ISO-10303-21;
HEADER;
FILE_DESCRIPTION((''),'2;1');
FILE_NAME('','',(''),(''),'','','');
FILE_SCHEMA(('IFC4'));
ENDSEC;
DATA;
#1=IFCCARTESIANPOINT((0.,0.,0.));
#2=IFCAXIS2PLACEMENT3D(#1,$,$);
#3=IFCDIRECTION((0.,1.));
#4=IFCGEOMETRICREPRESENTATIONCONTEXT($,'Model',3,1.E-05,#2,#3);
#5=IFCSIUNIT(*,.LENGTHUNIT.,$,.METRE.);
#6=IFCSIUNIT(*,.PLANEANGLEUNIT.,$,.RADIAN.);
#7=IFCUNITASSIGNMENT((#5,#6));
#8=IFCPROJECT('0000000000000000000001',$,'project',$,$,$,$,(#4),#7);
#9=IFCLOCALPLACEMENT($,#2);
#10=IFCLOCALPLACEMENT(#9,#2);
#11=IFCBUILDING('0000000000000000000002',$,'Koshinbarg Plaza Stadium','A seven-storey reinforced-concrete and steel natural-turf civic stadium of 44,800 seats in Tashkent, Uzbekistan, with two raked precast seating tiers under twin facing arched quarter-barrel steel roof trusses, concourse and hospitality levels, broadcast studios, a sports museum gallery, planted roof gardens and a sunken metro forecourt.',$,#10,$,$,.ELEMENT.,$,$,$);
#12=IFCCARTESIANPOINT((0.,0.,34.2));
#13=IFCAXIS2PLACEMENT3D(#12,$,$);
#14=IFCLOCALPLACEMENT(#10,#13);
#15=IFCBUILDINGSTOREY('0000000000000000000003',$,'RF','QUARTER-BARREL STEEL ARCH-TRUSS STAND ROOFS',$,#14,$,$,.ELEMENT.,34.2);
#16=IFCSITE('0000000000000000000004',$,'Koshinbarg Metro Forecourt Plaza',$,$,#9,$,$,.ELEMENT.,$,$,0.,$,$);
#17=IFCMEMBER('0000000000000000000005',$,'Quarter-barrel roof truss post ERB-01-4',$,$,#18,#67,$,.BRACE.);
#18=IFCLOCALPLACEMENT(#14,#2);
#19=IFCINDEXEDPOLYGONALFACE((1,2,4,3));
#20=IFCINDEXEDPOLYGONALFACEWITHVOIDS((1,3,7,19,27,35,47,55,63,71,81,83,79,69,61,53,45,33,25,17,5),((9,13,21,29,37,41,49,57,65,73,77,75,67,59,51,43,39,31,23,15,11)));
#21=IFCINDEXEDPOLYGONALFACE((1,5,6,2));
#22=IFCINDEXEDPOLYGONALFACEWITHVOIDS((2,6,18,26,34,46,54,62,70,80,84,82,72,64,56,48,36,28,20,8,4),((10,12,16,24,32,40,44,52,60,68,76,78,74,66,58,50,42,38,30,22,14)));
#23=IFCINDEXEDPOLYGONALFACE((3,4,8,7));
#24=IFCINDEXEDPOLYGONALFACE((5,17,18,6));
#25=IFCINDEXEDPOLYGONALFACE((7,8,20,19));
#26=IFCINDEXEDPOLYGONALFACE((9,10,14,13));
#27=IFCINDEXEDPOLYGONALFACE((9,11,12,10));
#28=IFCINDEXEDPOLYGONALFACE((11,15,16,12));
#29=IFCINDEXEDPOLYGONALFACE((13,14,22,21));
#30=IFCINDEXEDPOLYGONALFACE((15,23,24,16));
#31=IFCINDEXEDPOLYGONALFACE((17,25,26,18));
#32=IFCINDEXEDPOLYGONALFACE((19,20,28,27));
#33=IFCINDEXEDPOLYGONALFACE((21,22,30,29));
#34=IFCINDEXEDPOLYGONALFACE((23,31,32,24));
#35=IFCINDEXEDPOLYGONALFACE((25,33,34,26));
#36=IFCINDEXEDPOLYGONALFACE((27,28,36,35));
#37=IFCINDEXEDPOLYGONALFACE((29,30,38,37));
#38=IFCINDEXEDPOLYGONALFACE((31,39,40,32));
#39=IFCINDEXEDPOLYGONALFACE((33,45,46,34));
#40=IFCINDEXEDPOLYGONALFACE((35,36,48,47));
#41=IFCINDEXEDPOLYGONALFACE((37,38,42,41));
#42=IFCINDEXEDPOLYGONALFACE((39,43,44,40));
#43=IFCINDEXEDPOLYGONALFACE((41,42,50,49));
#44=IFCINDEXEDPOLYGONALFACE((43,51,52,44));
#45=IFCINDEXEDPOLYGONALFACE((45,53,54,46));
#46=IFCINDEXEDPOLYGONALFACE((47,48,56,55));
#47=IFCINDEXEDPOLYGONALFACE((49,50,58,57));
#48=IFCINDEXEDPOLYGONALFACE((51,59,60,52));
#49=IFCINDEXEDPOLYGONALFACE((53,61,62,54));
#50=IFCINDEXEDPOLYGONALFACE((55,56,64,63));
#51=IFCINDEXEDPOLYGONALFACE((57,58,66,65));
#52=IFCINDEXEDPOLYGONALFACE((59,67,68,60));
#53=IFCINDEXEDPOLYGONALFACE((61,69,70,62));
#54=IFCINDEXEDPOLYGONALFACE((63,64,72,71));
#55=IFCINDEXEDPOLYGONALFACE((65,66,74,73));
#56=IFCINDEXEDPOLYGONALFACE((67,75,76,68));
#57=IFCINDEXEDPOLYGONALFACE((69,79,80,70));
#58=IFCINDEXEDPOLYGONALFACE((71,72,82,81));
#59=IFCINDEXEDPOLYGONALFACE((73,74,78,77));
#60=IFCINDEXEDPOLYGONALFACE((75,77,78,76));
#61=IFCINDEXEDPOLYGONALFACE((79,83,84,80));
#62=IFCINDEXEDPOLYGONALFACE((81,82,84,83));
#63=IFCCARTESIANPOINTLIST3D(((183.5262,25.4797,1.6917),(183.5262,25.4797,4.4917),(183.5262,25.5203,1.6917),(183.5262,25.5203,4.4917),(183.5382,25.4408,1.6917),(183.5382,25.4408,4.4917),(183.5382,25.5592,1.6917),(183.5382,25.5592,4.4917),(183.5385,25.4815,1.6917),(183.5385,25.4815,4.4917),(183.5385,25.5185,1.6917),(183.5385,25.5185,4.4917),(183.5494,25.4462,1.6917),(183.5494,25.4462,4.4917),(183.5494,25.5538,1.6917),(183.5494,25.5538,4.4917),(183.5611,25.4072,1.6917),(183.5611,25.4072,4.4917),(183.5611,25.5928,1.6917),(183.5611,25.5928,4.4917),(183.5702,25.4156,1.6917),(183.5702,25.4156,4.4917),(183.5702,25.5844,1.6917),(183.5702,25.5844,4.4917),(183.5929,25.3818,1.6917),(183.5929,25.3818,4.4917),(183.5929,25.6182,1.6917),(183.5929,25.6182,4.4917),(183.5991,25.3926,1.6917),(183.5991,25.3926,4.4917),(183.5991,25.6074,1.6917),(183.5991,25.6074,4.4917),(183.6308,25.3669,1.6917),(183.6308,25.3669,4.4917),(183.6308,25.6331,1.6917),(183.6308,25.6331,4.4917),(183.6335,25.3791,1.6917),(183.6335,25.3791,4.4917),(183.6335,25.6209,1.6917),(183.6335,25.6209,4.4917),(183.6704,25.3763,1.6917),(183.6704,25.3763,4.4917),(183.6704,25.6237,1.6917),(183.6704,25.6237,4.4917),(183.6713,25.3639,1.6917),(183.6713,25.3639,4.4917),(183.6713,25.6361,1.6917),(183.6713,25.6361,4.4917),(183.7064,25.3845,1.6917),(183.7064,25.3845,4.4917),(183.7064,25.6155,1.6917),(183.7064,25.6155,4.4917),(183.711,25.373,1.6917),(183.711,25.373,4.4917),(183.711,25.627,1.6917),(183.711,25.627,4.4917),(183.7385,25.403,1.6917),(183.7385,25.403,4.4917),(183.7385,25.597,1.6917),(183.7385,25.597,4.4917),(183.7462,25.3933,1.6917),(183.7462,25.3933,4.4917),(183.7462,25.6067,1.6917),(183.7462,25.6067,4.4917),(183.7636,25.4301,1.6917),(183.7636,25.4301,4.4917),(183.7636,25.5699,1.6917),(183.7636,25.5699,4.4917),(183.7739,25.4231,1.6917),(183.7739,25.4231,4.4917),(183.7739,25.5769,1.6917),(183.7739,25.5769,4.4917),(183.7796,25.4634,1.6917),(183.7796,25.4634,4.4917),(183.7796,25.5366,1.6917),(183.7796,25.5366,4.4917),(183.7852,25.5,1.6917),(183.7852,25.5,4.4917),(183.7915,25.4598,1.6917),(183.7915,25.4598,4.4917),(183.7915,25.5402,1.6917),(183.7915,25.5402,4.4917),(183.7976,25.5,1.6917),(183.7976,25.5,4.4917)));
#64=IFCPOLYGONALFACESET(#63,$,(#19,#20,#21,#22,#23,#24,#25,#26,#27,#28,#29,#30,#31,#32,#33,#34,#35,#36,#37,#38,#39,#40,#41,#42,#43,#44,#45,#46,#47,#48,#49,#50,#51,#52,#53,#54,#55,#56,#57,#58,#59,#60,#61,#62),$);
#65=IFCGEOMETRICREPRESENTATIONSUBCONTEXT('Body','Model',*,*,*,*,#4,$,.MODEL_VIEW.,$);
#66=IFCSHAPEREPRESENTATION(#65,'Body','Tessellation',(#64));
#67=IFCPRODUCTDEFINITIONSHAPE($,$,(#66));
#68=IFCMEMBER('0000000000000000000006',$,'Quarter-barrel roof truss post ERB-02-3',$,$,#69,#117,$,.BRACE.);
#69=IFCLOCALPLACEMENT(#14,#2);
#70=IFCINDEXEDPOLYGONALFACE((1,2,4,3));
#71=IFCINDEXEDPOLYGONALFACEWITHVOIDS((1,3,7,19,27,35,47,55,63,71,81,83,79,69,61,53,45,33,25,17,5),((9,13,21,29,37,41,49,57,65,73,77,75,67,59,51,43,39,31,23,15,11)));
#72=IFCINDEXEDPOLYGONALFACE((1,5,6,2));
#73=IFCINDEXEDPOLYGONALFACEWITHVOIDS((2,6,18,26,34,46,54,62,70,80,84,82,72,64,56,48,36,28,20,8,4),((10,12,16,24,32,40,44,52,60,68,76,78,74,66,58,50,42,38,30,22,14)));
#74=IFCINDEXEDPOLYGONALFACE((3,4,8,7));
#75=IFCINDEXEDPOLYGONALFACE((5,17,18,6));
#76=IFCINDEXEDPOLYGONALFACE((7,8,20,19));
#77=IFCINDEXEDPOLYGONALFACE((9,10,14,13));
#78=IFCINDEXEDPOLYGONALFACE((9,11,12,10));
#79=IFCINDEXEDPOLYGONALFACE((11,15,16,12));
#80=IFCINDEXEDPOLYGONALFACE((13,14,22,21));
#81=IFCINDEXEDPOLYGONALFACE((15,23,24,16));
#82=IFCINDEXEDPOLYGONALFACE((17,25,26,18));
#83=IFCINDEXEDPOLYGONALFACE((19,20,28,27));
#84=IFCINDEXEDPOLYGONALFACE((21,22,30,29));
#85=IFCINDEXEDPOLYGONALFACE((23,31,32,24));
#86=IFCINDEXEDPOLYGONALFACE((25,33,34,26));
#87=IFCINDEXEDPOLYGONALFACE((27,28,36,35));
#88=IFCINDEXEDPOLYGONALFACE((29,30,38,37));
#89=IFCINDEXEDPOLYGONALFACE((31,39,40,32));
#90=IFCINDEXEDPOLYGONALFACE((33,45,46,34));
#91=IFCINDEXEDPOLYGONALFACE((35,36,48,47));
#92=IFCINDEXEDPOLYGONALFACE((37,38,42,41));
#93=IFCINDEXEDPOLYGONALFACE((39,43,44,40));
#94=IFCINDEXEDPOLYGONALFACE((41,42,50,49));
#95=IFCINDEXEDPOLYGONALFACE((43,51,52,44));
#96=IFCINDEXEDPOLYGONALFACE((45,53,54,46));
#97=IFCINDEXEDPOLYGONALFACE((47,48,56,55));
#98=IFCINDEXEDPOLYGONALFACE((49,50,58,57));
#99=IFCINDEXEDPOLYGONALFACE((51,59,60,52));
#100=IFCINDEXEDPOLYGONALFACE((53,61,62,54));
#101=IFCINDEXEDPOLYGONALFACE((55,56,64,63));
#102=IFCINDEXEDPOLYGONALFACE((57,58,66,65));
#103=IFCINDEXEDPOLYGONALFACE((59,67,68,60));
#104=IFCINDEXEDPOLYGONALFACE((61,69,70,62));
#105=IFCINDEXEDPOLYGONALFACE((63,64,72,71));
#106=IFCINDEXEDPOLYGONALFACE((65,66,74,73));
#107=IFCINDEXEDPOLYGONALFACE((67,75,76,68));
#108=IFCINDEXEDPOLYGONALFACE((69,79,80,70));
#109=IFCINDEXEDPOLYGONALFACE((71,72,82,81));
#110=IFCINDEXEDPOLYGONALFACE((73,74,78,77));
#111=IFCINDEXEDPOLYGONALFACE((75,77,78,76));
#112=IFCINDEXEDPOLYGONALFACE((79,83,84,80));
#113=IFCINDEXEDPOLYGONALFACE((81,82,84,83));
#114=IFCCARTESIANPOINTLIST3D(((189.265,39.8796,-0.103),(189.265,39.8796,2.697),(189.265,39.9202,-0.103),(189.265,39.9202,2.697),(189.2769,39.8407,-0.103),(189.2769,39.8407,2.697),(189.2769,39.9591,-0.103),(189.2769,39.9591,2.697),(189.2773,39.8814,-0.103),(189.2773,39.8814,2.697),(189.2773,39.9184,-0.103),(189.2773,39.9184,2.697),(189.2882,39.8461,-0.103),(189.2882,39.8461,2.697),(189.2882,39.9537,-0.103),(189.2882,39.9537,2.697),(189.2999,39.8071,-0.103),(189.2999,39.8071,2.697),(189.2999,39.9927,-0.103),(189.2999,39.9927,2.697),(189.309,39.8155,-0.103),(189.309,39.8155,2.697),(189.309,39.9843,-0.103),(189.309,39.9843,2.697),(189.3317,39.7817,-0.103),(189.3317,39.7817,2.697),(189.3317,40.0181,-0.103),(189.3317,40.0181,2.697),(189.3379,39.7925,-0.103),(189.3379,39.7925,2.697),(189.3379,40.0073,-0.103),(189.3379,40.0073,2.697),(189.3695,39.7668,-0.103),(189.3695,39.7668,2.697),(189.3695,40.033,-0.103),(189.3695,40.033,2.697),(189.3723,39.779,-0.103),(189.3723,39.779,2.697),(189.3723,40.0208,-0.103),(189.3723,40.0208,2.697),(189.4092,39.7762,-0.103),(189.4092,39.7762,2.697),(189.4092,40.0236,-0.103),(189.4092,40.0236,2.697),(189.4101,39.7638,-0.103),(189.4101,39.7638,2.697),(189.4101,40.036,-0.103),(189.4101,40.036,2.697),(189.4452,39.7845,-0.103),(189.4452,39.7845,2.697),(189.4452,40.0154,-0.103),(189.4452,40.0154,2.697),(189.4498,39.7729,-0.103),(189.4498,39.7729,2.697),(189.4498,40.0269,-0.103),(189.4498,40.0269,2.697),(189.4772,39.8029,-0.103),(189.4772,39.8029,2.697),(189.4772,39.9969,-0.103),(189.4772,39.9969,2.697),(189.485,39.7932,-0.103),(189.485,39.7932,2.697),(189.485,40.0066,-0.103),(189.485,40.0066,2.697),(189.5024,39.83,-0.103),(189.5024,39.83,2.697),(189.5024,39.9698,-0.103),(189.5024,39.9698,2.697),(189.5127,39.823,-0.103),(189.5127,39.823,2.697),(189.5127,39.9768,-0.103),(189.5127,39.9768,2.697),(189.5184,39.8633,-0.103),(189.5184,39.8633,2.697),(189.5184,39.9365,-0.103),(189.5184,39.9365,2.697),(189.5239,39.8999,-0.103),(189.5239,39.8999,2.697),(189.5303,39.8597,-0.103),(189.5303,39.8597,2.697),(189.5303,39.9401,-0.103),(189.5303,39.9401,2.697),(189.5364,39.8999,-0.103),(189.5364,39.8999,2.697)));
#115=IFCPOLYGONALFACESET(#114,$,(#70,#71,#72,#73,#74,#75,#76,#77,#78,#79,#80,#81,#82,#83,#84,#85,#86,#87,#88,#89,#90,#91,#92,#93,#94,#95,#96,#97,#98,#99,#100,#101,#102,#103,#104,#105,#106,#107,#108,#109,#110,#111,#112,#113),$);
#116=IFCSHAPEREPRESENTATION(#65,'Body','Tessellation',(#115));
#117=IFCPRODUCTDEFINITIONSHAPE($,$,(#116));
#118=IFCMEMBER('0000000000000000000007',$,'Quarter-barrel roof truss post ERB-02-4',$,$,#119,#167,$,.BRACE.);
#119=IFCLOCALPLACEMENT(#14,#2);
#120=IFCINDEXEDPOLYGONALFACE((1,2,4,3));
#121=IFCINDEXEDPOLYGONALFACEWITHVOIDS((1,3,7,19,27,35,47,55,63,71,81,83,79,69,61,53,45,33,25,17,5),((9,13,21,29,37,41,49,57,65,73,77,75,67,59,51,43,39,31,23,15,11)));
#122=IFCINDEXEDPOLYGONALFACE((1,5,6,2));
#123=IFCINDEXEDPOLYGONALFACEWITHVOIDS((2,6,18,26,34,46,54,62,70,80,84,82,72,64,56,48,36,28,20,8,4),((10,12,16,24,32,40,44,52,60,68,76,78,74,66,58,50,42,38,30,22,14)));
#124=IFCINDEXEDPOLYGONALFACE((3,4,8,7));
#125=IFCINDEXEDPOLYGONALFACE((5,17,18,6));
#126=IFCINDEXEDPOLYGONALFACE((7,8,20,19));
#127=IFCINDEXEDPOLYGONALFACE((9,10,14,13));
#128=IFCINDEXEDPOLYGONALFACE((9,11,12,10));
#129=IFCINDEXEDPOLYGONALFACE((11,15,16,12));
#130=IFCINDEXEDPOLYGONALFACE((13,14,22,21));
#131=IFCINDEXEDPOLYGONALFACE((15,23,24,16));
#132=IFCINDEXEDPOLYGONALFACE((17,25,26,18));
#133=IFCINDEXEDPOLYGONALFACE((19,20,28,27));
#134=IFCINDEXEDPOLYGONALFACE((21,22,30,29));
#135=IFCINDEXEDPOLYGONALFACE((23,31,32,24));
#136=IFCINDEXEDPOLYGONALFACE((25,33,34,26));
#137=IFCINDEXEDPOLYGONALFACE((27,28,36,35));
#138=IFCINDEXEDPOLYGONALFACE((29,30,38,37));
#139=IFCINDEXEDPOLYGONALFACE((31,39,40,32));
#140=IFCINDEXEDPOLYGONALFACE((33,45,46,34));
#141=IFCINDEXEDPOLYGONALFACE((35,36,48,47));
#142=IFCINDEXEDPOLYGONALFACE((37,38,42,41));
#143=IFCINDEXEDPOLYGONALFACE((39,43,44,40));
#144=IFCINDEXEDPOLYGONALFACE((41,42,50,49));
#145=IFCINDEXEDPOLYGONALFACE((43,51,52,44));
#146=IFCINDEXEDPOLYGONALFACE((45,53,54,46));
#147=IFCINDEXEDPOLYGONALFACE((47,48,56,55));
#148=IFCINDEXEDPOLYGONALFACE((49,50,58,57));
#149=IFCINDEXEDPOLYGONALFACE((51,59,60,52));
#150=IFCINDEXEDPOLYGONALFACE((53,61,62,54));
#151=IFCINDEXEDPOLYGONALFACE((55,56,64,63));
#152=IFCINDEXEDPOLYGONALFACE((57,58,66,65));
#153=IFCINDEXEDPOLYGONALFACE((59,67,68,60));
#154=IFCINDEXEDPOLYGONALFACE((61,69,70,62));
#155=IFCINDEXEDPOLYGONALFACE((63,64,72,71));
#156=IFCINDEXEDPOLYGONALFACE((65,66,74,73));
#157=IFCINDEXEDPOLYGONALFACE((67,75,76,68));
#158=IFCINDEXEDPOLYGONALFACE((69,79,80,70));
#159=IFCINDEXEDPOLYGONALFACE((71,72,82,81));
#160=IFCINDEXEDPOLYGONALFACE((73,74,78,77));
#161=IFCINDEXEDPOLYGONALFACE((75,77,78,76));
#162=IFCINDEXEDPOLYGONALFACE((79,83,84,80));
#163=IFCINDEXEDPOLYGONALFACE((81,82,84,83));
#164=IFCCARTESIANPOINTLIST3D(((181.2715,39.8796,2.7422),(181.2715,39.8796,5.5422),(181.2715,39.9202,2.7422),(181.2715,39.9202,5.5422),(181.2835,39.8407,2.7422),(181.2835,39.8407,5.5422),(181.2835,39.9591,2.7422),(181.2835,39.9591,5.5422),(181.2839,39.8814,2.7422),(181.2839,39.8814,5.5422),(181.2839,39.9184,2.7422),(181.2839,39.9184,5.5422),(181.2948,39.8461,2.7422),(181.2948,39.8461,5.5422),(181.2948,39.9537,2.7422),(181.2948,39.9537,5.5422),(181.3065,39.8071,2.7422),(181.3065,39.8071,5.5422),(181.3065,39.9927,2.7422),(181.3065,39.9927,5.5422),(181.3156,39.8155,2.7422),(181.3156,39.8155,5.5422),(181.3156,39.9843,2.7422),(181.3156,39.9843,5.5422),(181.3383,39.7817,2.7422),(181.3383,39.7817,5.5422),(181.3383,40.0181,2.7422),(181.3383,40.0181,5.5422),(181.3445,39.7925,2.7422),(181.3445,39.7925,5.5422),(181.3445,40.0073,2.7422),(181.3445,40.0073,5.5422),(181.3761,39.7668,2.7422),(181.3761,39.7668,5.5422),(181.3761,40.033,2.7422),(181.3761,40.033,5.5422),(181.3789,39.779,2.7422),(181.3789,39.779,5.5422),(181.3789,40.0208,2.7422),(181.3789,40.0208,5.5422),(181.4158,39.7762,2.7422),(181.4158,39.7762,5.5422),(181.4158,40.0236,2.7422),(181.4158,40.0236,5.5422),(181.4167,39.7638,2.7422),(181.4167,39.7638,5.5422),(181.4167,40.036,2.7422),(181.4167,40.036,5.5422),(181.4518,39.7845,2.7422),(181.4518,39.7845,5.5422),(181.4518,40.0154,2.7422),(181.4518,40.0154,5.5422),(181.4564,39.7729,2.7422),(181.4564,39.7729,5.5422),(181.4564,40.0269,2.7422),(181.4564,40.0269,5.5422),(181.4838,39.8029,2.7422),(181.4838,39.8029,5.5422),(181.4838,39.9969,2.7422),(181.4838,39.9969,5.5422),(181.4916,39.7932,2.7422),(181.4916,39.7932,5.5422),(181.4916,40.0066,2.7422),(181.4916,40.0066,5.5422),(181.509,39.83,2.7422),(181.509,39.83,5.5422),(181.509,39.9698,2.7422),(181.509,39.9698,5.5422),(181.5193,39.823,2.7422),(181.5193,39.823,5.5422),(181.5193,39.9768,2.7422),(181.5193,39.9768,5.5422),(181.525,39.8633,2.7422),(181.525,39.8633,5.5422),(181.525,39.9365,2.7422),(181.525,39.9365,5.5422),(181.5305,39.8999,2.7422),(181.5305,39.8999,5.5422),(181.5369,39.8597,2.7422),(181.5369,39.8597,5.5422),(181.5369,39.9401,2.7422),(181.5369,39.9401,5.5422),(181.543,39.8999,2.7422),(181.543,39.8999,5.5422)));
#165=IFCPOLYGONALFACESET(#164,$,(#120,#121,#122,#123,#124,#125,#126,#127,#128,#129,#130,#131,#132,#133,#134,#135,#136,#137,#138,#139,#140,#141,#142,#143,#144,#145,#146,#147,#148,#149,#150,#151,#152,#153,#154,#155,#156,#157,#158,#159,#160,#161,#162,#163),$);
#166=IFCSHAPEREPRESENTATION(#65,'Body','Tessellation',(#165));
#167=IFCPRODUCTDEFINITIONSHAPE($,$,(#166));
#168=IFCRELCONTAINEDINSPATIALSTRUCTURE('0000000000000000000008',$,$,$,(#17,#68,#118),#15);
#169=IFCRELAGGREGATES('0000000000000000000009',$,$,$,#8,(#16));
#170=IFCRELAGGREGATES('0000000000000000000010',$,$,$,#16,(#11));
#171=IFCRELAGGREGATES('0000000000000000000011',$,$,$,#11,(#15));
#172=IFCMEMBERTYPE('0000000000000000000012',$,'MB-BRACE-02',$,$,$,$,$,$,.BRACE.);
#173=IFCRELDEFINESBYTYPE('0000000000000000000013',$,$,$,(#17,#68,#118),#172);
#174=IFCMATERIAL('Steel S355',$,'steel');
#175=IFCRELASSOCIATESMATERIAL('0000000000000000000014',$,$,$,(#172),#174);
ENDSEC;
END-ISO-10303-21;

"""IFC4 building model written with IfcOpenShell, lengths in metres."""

from ifc_helpers import new_model, si_unit, direction, frame, origin, origin_2d, place, context, subcontext, project, spatial, hollow_circle, extrude, material, material_profile, profile_set, type_object, element, save


model = new_model("IFC4")

# Units and contexts
model_context = context("Model", 3, precision=1e-05, world=origin(), true_north=direction((0.0, 1.0)))
body_context = subcontext(model_context, "Body", "Model", "MODEL_VIEW")
ifc_project = project(units=[si_unit("LENGTHUNIT", "METRE"), si_unit("PLANEANGLEUNIT", "RADIAN")], contexts=[model_context])

# Site, building, storey
site_placement = place(None, origin())
site = spatial("IfcSite", under=ifc_project, at=site_placement, Name="Koshinbarg Metro Forecourt Plaza", CompositionType="ELEMENT", RefElevation=0.0)
building_placement = place(site_placement, origin())
building = spatial("IfcBuilding", under=site, at=building_placement, Name="Koshinbarg Plaza Stadium", Description="A seven-storey reinforced-concrete and steel natural-turf civic stadium of 44,800 seats in Tashkent, Uzbekistan, with two raked precast seating tiers under twin facing arched quarter-barrel steel roof trusses, concourse and hospitality levels, broadcast studios, a sports museum gallery, planted roof gardens and a sunken metro forecourt.", CompositionType="ELEMENT")
storey_placement = place(building_placement, frame((0.0, 0.0, 34.2)))
storey = spatial("IfcBuildingStorey", under=building, at=storey_placement, Name="RF", Description="QUARTER-BARREL STEEL ARCH-TRUSS STAND ROOFS", CompositionType="ELEMENT", Elevation=34.2)

# Members
ifc_material_1 = material(Name="Steel S355", Category="steel")
ifc_material_profile_1 = material_profile(ifc_material_1, hollow_circle(Radius=0.1365, WallThickness=0.0125, at=origin_2d()), Name="CHS 273x12.5")
ifc_profile_set_1 = profile_set([ifc_material_profile_1], Name="Steel S355")
member_type_1 = type_object("IfcMemberType", Name="MB-BRACE-02", PredefinedType="BRACE", material=ifc_profile_set_1)
for number, where, z_axis, x_axis, name in (
    (1, (183.6611, 25.5, 1.6917), (0.0, 0.0, 1.0), (1.0, 0.0, 0.0), "Quarter-barrel roof truss post ERB-01-4"),
    (2, (189.3999, 39.8999, -0.103), (0.0, 0.0, 1.0), (1.0, 0.0, 0.0), "Quarter-barrel roof truss post ERB-02-3"),
    (3, (181.4065, 39.8999, 2.7422), (0.0, 0.0, 1.0), (1.0, 0.0, 0.0), "Quarter-barrel roof truss post ERB-02-4"),
):
    element("IfcMember", number, at=place(storey_placement, frame(where, z_axis=z_axis, x_axis=x_axis)), inside=storey, type_object=member_type_1, Name=name, PredefinedType="BRACE", context=body_context, shape_type="SweptSolid", body=[
        extrude(hollow_circle(Radius=0.1365, WallThickness=0.0125, at=origin_2d()), origin(), (0.0, 0.0, 1.0), 2.8),
    ])

save(model, "model.ifc")
